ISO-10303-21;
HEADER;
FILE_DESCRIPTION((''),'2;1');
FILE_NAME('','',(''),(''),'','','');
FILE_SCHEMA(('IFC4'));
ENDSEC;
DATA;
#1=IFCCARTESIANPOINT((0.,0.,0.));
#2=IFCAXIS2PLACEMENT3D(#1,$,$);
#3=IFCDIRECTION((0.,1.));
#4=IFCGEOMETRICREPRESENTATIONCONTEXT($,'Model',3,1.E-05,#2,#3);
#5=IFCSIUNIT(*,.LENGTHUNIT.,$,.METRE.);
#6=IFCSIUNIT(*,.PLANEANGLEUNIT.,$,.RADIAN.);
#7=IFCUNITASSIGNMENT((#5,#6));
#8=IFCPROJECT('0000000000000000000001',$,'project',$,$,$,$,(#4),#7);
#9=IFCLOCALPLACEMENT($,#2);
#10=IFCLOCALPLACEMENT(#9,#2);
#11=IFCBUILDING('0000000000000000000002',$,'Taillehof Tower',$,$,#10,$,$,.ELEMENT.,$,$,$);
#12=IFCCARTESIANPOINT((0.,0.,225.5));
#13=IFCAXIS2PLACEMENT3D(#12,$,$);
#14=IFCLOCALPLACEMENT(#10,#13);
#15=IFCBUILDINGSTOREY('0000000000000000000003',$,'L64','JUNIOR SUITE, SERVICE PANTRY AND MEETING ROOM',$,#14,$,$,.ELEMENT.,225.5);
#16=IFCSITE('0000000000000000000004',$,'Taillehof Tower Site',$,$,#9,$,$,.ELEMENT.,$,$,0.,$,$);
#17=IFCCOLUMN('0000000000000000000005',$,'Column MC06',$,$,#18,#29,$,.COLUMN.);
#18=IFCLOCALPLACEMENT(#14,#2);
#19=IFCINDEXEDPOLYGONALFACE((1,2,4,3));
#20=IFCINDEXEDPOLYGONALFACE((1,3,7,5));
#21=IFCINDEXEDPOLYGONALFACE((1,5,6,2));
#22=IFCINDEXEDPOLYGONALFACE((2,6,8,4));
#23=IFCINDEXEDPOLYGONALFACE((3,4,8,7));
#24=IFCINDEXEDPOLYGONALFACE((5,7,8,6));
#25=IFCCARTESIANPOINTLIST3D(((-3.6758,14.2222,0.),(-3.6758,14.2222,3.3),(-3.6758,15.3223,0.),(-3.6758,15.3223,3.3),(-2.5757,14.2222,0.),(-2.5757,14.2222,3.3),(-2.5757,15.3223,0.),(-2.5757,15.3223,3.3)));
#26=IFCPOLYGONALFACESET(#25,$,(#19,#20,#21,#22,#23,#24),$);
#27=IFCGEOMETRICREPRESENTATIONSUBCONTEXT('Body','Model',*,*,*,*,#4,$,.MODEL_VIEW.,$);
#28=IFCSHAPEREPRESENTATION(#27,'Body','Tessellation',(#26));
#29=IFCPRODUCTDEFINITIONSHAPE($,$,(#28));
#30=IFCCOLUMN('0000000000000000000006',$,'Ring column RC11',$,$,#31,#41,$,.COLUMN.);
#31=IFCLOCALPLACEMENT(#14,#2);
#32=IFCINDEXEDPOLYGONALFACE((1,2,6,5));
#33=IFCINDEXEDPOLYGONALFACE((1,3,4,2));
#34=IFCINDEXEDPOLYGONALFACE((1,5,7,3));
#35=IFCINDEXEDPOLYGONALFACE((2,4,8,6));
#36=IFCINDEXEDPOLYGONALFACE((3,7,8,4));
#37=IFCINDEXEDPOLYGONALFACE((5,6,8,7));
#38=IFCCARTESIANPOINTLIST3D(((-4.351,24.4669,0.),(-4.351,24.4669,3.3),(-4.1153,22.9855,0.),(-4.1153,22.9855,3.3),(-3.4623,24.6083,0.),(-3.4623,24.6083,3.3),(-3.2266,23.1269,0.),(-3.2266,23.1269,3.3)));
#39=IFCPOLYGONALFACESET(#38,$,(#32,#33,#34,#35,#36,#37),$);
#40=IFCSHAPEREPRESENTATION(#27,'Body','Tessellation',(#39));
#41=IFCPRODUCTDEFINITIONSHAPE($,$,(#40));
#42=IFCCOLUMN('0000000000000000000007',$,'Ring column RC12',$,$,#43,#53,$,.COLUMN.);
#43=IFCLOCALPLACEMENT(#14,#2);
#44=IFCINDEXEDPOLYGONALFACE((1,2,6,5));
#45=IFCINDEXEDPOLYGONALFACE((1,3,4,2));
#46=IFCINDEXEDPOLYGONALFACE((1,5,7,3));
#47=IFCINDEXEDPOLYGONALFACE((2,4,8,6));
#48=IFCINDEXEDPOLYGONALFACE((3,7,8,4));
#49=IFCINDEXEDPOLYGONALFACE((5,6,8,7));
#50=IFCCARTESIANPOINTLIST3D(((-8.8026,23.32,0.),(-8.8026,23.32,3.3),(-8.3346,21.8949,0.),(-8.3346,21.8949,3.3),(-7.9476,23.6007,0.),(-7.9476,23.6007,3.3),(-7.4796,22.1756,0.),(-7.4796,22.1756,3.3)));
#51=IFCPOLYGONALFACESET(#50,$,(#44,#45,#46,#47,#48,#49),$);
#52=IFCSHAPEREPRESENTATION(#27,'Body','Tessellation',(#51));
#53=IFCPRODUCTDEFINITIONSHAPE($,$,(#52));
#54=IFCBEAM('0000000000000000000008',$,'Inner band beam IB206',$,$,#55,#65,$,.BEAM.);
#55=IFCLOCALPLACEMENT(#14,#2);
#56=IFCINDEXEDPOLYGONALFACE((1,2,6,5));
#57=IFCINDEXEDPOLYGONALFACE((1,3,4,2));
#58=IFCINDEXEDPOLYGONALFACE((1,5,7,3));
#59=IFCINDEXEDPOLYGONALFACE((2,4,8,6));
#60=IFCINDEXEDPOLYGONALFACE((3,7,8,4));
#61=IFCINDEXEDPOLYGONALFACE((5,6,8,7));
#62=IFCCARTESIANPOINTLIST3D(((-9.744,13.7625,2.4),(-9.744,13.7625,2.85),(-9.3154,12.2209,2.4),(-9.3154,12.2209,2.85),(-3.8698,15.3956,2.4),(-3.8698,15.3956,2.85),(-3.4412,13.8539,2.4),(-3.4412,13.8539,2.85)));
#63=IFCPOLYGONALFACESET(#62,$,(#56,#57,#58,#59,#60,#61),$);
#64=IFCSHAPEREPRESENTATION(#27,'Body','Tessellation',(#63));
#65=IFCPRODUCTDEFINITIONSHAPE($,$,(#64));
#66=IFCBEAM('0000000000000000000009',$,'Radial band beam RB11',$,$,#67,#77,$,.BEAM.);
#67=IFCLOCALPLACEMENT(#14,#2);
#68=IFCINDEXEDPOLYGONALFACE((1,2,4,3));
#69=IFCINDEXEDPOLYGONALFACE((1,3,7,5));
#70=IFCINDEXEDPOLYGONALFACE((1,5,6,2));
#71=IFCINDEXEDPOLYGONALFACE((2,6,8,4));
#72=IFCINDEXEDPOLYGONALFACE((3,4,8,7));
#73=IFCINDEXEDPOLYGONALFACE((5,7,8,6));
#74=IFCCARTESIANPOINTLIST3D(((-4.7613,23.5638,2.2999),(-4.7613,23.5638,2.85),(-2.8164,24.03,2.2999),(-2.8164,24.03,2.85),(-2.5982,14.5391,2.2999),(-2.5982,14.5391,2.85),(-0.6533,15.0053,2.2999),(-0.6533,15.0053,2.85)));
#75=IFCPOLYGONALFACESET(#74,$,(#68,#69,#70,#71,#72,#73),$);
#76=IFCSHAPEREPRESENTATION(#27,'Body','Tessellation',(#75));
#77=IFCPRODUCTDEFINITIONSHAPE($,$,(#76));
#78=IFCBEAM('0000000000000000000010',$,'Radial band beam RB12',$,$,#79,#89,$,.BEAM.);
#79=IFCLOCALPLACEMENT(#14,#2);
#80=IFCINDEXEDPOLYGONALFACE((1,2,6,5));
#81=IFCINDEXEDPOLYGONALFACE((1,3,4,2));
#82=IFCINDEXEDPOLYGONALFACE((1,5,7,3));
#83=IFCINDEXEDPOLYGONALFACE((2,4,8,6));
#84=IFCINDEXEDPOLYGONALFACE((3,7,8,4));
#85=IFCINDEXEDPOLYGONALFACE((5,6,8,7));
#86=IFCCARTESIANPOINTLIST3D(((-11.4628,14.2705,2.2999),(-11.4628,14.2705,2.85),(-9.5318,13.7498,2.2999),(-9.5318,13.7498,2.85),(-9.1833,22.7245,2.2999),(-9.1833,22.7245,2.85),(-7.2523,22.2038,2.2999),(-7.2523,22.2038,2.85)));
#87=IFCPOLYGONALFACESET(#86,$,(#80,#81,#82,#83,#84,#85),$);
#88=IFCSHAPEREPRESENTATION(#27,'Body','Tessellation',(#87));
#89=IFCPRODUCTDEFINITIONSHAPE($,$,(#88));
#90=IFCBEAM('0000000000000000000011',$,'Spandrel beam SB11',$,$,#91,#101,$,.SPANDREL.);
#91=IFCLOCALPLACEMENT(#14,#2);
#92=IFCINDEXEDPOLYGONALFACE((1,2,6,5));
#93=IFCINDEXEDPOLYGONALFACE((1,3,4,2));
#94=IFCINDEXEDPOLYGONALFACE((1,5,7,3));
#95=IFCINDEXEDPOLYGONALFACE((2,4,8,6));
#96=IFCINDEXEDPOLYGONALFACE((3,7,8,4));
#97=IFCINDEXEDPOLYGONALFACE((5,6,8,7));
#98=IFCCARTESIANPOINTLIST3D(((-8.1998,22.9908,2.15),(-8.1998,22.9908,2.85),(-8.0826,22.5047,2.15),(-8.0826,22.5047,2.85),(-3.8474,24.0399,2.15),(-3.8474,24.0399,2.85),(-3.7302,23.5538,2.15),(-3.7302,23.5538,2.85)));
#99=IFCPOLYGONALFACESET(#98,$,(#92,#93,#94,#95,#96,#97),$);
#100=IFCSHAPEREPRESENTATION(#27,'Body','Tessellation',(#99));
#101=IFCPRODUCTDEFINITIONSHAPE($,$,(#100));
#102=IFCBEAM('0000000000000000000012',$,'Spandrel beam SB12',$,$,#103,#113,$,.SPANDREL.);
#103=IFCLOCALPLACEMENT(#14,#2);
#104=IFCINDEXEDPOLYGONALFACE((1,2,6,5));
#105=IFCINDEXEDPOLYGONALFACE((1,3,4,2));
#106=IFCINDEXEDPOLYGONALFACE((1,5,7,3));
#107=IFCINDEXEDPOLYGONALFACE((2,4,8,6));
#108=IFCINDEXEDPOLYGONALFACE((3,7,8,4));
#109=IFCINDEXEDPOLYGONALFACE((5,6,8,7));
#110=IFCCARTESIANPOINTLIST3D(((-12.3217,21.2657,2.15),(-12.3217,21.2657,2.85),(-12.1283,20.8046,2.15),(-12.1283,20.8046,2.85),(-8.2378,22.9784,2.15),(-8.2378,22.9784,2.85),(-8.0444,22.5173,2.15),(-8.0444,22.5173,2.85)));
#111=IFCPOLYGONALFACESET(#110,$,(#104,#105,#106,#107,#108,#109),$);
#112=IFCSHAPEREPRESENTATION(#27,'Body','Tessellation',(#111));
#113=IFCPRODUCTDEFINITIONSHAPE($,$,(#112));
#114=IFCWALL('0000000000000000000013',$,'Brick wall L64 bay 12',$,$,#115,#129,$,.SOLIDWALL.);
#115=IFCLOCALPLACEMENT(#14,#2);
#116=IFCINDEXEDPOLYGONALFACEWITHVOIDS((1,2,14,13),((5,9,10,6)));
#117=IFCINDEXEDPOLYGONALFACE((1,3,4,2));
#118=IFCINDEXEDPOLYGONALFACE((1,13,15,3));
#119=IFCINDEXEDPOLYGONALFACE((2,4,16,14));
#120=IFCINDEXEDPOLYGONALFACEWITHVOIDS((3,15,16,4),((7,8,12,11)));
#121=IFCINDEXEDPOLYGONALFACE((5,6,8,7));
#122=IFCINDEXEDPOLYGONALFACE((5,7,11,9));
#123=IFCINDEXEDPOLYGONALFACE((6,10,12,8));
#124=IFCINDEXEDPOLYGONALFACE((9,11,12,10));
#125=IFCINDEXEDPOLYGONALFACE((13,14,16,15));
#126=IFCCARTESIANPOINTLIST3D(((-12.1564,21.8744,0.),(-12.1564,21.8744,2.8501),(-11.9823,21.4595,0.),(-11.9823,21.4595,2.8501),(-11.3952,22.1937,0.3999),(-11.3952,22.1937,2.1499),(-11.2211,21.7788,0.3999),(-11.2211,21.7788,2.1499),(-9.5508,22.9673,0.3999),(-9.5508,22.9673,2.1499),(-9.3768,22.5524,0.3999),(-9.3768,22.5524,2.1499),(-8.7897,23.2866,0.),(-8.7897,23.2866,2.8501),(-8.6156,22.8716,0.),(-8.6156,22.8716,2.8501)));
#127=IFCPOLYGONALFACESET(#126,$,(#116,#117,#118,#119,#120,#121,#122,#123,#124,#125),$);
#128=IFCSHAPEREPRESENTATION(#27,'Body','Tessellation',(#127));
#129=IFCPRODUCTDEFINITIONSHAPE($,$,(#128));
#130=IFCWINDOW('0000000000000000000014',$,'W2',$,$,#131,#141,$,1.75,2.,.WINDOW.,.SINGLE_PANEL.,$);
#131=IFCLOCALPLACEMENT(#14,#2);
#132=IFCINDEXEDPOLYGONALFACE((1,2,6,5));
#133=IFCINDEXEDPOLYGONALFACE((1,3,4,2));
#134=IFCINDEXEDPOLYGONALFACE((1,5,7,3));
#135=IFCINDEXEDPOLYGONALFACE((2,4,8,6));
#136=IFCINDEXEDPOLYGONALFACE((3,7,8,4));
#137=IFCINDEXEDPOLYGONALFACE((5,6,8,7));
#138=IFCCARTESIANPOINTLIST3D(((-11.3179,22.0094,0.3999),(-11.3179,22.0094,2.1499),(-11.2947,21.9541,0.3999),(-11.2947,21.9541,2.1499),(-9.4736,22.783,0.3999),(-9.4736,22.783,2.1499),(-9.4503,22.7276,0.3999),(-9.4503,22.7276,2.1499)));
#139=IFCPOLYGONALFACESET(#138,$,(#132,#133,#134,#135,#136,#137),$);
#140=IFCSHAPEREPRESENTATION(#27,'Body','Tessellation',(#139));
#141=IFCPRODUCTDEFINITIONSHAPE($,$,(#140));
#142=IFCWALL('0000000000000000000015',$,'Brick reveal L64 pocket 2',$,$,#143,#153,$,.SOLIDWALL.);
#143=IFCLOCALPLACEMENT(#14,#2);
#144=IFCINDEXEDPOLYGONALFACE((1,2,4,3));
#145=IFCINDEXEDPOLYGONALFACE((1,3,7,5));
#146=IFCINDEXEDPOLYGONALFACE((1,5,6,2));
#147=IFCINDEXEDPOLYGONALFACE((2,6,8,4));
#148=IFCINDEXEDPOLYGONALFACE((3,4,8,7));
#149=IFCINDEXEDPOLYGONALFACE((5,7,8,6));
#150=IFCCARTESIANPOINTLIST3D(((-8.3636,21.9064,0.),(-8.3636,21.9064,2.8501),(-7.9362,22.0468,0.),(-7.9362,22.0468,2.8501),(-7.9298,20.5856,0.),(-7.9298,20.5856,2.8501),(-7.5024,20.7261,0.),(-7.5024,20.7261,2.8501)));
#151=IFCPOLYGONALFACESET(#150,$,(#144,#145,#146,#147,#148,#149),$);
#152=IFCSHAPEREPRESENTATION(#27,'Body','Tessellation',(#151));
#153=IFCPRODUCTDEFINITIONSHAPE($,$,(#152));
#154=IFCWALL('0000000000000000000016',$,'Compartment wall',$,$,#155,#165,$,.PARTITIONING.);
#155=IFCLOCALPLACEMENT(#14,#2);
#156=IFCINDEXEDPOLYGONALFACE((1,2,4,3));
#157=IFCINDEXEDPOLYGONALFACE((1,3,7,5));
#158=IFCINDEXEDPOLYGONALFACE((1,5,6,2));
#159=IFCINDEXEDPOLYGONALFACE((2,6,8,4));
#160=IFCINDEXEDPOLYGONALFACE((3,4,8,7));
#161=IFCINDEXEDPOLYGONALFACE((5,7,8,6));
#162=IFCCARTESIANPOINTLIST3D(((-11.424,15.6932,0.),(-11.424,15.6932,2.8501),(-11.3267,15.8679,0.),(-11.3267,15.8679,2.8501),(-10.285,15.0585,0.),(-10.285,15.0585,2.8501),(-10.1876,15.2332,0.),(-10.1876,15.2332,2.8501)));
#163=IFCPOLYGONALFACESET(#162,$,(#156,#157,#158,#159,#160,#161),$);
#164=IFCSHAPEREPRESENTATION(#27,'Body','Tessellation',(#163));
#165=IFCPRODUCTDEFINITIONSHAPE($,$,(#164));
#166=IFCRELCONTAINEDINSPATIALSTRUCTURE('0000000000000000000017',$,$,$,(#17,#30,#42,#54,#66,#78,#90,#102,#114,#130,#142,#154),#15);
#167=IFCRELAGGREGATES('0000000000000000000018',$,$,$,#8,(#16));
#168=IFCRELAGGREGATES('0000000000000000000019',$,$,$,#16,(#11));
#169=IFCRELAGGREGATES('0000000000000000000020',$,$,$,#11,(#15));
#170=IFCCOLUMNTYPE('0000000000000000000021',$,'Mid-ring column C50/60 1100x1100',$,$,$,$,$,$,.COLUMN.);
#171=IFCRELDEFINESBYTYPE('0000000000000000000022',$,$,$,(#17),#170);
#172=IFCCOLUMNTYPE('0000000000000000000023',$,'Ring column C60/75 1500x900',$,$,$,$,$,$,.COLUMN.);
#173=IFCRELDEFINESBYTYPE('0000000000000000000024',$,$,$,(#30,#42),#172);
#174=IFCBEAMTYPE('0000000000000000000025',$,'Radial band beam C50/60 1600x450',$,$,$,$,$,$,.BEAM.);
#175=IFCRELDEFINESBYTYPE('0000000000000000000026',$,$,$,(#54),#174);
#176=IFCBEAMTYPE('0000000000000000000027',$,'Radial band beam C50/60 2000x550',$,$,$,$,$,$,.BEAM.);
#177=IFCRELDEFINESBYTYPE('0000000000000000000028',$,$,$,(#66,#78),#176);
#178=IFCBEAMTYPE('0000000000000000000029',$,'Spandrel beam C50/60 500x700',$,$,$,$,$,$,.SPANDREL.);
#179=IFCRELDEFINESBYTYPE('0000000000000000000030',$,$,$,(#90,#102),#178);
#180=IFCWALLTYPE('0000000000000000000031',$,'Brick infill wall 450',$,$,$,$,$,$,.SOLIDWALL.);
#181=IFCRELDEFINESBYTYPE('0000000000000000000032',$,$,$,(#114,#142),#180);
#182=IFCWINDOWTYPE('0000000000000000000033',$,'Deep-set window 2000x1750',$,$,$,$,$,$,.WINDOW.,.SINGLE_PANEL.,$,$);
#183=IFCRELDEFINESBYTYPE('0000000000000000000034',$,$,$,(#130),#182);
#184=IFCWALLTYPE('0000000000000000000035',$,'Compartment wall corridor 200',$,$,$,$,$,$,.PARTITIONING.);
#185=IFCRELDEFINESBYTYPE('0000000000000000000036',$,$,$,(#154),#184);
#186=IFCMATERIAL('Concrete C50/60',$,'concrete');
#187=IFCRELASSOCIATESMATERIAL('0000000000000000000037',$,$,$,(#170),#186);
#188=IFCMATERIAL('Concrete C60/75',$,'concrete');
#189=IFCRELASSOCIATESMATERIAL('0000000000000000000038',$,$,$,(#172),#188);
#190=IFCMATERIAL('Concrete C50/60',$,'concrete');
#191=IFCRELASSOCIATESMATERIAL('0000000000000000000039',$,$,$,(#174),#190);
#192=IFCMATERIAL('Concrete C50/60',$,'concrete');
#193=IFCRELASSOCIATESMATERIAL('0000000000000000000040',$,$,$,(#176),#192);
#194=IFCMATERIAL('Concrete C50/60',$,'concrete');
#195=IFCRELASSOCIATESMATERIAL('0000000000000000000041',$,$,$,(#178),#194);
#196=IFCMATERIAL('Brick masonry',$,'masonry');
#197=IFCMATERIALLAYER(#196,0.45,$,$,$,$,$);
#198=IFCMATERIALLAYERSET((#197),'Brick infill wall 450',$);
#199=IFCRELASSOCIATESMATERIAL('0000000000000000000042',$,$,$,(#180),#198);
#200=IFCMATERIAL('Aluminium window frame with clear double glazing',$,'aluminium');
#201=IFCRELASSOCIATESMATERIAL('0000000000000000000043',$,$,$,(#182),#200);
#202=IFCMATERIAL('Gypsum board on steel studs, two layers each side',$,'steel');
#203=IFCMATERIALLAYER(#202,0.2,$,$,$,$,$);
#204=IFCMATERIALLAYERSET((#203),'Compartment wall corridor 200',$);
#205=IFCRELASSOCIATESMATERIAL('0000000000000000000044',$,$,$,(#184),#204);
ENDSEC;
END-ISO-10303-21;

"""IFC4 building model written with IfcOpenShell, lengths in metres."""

from ifc_helpers import new_model, si_unit, direction, frame, frame_2d, origin, origin_2d, place, context, subcontext, project, spatial, rectangle, extrude, material, layer, layer_set, material_profile, profile_set, type_object, element, fill, save


model = new_model("IFC4")

# Units and contexts
model_context = context("Model", 3, precision=1e-05, world=origin(), true_north=direction((0.0, 1.0)))
body_context = subcontext(model_context, "Body", "Model", "MODEL_VIEW")
ifc_project = project(units=[si_unit("LENGTHUNIT", "METRE"), si_unit("PLANEANGLEUNIT", "RADIAN")], contexts=[model_context])

# Site, building, storey
site_placement = place(None, origin())
site = spatial("IfcSite", under=ifc_project, at=site_placement, Name="Taillehof Tower Site", CompositionType="ELEMENT", RefElevation=0.0)
building_placement = place(site_placement, origin())
building = spatial("IfcBuilding", under=site, at=building_placement, Name="Taillehof Tower", CompositionType="ELEMENT")
storey_placement = place(building_placement, frame((0.0, 0.0, 225.5)))
storey = spatial("IfcBuildingStorey", under=building, at=storey_placement, Name="L64", Description="JUNIOR SUITE, SERVICE PANTRY AND MEETING ROOM", CompositionType="ELEMENT", Elevation=225.5)

# Columns
ifc_material_1 = material(Name="Concrete C50/60", Category="concrete")
ifc_material_profile_1 = material_profile(ifc_material_1, rectangle(XDim=1.1001, YDim=1.1001, at=origin_2d()), Name="RC 1100x1100")
ifc_profile_set_1 = profile_set([ifc_material_profile_1], Name="Concrete C50/60")
column_type_1 = type_object("IfcColumnType", Name="Mid-ring column C50/60 1100x1100", PredefinedType="COLUMN", material=ifc_profile_set_1)
column_placement = place(storey_placement, frame((-3.1257, 14.7722, 0.0), z_axis=(0.0, 0.0, 1.0), x_axis=(1.0, 0.0, 0.0)))
element("IfcColumn", 1, at=column_placement, inside=storey, type_object=column_type_1, Name="Column MC06", PredefinedType="COLUMN", context=body_context, shape_type="SweptSolid", body=[
    extrude(rectangle(XDim=1.1001, YDim=1.1001, at=origin_2d()), origin(), (0.0, 0.0, 1.0), 3.3),
])
ifc_material_2 = material(Name="Concrete C60/75", Category="concrete")
ifc_material_profile_2 = material_profile(ifc_material_2, rectangle(XDim=1.5, YDim=0.8999, at=origin_2d()), Name="RC 1500x900")
ifc_profile_set_2 = profile_set([ifc_material_profile_2], Name="Concrete C60/75")
column_type_2 = type_object("IfcColumnType", Name="Ring column C60/75 1500x900", PredefinedType="COLUMN", material=ifc_profile_set_2)
for number, where, z_axis, x_axis, name in (
    (2, (-3.7888, 23.7969, 0.0), (0.0, 0.0, 1.0), (-0.157116, 0.98758, 0.0), "Ring column RC11"),
    (3, (-8.1411, 22.7478, 0.0), (0.0, 0.0, 1.0), (-0.312001, 0.950082, 0.0), "Ring column RC12"),
):
    element("IfcColumn", number, at=place(storey_placement, frame(where, z_axis=z_axis, x_axis=x_axis)), inside=storey, type_object=column_type_2, Name=name, PredefinedType="COLUMN", context=body_context, shape_type="SweptSolid", body=[
        extrude(rectangle(XDim=1.5, YDim=0.8999, at=origin_2d()), origin(), (0.0, 0.0, 1.0), 3.3),
    ])

# Beams
ifc_material_3 = material(Name="Concrete C50/60", Category="concrete")
ifc_material_profile_3 = material_profile(ifc_material_3, rectangle(XDim=1.6001, YDim=0.45, at=origin_2d()), Name="RC 1600x450")
ifc_profile_set_3 = profile_set([ifc_material_profile_3], Name="Concrete C50/60")
beam_type_1 = type_object("IfcBeamType", Name="Radial band beam C50/60 1600x450", PredefinedType="BEAM", material=ifc_profile_set_3)
beam_1_placement = place(storey_placement, frame((-3.6555, 14.6248, 2.625), z_axis=(-0.963459, -0.267855, 0.0), x_axis=(0.267855, -0.963459, 0.0)))
element("IfcBeam", 4, at=beam_1_placement, inside=storey, type_object=beam_type_1, Name="Inner band beam IB206", PredefinedType="BEAM", context=body_context, shape_type="SweptSolid", body=[
    extrude(rectangle(XDim=1.6001, YDim=0.45, at=origin_2d()), origin(), (0.0, 0.0, 1.0), 6.0969),
])
ifc_material_4 = material(Name="Concrete C50/60", Category="concrete")
ifc_material_profile_4 = material_profile(ifc_material_4, rectangle(XDim=2.0, YDim=0.55, at=origin_2d()), Name="RC 2000x550")
ifc_profile_set_4 = profile_set([ifc_material_profile_4], Name="Concrete C50/60")
beam_type_2 = type_object("IfcBeamType", Name="Radial band beam C50/60 2000x550", PredefinedType="BEAM", material=ifc_profile_set_4)
beam_2_placement = place(storey_placement, frame((-3.7888, 23.7969, 2.575), z_axis=(0.233084, -0.972457, 0.0), x_axis=(0.972457, 0.233084, 0.0)))
element("IfcBeam", 5, at=beam_2_placement, inside=storey, type_object=beam_type_2, Name="Radial band beam RB11", PredefinedType="BEAM", context=body_context, shape_type="SweptSolid", body=[
    extrude(rectangle(XDim=2.0, YDim=0.55, at=origin_2d()), origin(), (0.0, 0.0, 1.0), 9.2803),
])
beam_3_placement = place(storey_placement, frame((-8.2178, 22.4641, 2.575), z_axis=(-0.260346, -0.965515, 0.0), x_axis=(0.965515, -0.260346, 0.0)))
element("IfcBeam", 6, at=beam_3_placement, inside=storey, type_object=beam_type_2, Name="Radial band beam RB12", PredefinedType="BEAM", context=body_context, shape_type="SweptSolid", body=[
    extrude(rectangle(XDim=2.0, YDim=0.55, at=origin_2d()), origin(), (0.0, 0.0, 1.0), 8.7559),
])
ifc_material_5 = material(Name="Concrete C50/60", Category="concrete")
ifc_material_profile_5 = material_profile(ifc_material_5, rectangle(XDim=0.5, YDim=0.7, at=origin_2d()), Name="RC 500x700")
ifc_profile_set_5 = profile_set([ifc_material_profile_5], Name="Concrete C50/60")
beam_type_3 = type_object("IfcBeamType", Name="Spandrel beam C50/60 500x700", PredefinedType="SPANDREL", material=ifc_profile_set_5)
beam_4_placement = place(storey_placement, frame((-3.7888, 23.7969, 2.5), z_axis=(-0.972158, -0.234328, 0.0), x_axis=(0.234328, -0.972158, 0.0)))
element("IfcBeam", 7, at=beam_4_placement, inside=storey, type_object=beam_type_3, Name="Spandrel beam SB11", PredefinedType="SPANDREL", context=body_context, shape_type="SweptSolid", body=[
    extrude(rectangle(XDim=0.5, YDim=0.7, at=origin_2d()), origin(), (0.0, 0.0, 1.0), 4.4771),
])
beam_5_placement = place(storey_placement, frame((-8.1411, 22.7478, 2.5), z_axis=(-0.922194, -0.386728, 0.0), x_axis=(0.386728, -0.922194, 0.0)))
element("IfcBeam", 8, at=beam_5_placement, inside=storey, type_object=beam_type_3, Name="Spandrel beam SB12", PredefinedType="SPANDREL", context=body_context, shape_type="SweptSolid", body=[
    extrude(rectangle(XDim=0.5, YDim=0.7, at=origin_2d()), origin(), (0.0, 0.0, 1.0), 4.4285),
])

# Wall, opening, window
ifc_material_6 = material(Name="Brick masonry", Category="masonry")
ifc_layer_1 = layer(ifc_material_6, 0.45)
ifc_layer_set_1 = layer_set([ifc_layer_1], Name="Brick infill wall 450")
wall_type_1 = type_object("IfcWallType", Name="Brick infill wall 450", PredefinedType="SOLIDWALL", material=ifc_layer_set_1)
wall_1_placement = place(storey_placement, frame((-8.7026, 23.0791, 0.0), z_axis=(0.0, 0.0, 1.0), x_axis=(-0.922168, -0.386789, 0.0)))
wall_1 = element("IfcWall", 9, at=wall_1_placement, inside=storey, type_object=wall_type_1, Name="Brick wall L64 bay 12", PredefinedType="SOLIDWALL", context=body_context, shape_type="SweptSolid", body=[
    extrude(rectangle(XDim=3.6509, YDim=0.45, at=frame_2d((1.8254, 0.0))), origin(), (0.0, 0.0, 1.0), 2.8501),
])
opening_1_placement = place(wall_1_placement, frame((0.8254, 0.0, 0.3999)))
opening_1 = element("IfcOpeningElement", 10, at=opening_1_placement, cuts=wall_1, PredefinedType="OPENING", context=body_context, shape_type="SweptSolid", body=[
    extrude(rectangle(XDim=2.0, YDim=1.75, at=frame_2d((1.0, 0.875))), frame((0.0, 0.2349, 0.0), z_axis=(0.0, -1.0, 0.0), x_axis=(1.0, 0.0, 0.0)), (0.0, 0.0, 1.0), 0.47),
])
ifc_material_7 = material(Name="Aluminium window frame with clear double glazing", Category="aluminium")
window_type_1 = type_object("IfcWindowType", Name="Deep-set window 2000x1750", PartitioningType="SINGLE_PANEL", PredefinedType="WINDOW", material=ifc_material_7)
window_1_placement = place(opening_1_placement, origin())
window_1 = element("IfcWindow", 11, at=window_1_placement, inside=storey, type_object=window_type_1, Name="W2", OverallHeight=1.75, OverallWidth=2.0, PartitioningType="SINGLE_PANEL", PredefinedType="WINDOW", context=body_context, shape_type="SweptSolid", body=[
    extrude(rectangle(XDim=2.0, YDim=1.75, at=frame_2d((1.0, 0.875))), frame((0.0, 0.0349, 0.0), z_axis=(0.0, -1.0, 0.0), x_axis=(1.0, 0.0, 0.0)), (0.0, 0.0, 1.0), 0.0601),
])
fill(opening_1, window_1)

# Wall
wall_2_placement = place(storey_placement, frame((-8.1499, 21.9766, 0.0), z_axis=(0.0, 0.0, 1.0), x_axis=(0.312063, -0.950062, 0.0)))
element("IfcWall", 12, at=wall_2_placement, inside=storey, type_object=wall_type_1, Name="Brick reveal L64 pocket 2", PredefinedType="SOLIDWALL", context=body_context, shape_type="SweptSolid", body=[
    extrude(rectangle(XDim=1.3901, YDim=0.45, at=frame_2d((0.6951, 0.0))), origin(), (0.0, 0.0, 1.0), 2.8501),
])

# Wall
ifc_material_8 = material(Name="Gypsum board on steel studs, two layers each side", Category="steel")
ifc_layer_2 = layer(ifc_material_8, 0.2)
ifc_layer_set_2 = layer_set([ifc_layer_2], Name="Compartment wall corridor 200")
wall_type_2 = type_object("IfcWallType", Name="Compartment wall corridor 200", PredefinedType="PARTITIONING", material=ifc_layer_set_2)
wall_3_placement = place(storey_placement, frame((-11.3752, 15.7805, 0.0), z_axis=(0.0, 0.0, 1.0), x_axis=(0.873538, -0.486755, 0.0)))
element("IfcWall", 13, at=wall_3_placement, inside=storey, type_object=wall_type_2, Name="Compartment wall", PredefinedType="PARTITIONING", context=body_context, shape_type="SweptSolid", body=[
    extrude(rectangle(XDim=1.304, YDim=0.2, at=frame_2d((0.6519, 0.0))), origin(), (0.0, 0.0, 1.0), 2.8501),
])

save(model, "model.ifc")
